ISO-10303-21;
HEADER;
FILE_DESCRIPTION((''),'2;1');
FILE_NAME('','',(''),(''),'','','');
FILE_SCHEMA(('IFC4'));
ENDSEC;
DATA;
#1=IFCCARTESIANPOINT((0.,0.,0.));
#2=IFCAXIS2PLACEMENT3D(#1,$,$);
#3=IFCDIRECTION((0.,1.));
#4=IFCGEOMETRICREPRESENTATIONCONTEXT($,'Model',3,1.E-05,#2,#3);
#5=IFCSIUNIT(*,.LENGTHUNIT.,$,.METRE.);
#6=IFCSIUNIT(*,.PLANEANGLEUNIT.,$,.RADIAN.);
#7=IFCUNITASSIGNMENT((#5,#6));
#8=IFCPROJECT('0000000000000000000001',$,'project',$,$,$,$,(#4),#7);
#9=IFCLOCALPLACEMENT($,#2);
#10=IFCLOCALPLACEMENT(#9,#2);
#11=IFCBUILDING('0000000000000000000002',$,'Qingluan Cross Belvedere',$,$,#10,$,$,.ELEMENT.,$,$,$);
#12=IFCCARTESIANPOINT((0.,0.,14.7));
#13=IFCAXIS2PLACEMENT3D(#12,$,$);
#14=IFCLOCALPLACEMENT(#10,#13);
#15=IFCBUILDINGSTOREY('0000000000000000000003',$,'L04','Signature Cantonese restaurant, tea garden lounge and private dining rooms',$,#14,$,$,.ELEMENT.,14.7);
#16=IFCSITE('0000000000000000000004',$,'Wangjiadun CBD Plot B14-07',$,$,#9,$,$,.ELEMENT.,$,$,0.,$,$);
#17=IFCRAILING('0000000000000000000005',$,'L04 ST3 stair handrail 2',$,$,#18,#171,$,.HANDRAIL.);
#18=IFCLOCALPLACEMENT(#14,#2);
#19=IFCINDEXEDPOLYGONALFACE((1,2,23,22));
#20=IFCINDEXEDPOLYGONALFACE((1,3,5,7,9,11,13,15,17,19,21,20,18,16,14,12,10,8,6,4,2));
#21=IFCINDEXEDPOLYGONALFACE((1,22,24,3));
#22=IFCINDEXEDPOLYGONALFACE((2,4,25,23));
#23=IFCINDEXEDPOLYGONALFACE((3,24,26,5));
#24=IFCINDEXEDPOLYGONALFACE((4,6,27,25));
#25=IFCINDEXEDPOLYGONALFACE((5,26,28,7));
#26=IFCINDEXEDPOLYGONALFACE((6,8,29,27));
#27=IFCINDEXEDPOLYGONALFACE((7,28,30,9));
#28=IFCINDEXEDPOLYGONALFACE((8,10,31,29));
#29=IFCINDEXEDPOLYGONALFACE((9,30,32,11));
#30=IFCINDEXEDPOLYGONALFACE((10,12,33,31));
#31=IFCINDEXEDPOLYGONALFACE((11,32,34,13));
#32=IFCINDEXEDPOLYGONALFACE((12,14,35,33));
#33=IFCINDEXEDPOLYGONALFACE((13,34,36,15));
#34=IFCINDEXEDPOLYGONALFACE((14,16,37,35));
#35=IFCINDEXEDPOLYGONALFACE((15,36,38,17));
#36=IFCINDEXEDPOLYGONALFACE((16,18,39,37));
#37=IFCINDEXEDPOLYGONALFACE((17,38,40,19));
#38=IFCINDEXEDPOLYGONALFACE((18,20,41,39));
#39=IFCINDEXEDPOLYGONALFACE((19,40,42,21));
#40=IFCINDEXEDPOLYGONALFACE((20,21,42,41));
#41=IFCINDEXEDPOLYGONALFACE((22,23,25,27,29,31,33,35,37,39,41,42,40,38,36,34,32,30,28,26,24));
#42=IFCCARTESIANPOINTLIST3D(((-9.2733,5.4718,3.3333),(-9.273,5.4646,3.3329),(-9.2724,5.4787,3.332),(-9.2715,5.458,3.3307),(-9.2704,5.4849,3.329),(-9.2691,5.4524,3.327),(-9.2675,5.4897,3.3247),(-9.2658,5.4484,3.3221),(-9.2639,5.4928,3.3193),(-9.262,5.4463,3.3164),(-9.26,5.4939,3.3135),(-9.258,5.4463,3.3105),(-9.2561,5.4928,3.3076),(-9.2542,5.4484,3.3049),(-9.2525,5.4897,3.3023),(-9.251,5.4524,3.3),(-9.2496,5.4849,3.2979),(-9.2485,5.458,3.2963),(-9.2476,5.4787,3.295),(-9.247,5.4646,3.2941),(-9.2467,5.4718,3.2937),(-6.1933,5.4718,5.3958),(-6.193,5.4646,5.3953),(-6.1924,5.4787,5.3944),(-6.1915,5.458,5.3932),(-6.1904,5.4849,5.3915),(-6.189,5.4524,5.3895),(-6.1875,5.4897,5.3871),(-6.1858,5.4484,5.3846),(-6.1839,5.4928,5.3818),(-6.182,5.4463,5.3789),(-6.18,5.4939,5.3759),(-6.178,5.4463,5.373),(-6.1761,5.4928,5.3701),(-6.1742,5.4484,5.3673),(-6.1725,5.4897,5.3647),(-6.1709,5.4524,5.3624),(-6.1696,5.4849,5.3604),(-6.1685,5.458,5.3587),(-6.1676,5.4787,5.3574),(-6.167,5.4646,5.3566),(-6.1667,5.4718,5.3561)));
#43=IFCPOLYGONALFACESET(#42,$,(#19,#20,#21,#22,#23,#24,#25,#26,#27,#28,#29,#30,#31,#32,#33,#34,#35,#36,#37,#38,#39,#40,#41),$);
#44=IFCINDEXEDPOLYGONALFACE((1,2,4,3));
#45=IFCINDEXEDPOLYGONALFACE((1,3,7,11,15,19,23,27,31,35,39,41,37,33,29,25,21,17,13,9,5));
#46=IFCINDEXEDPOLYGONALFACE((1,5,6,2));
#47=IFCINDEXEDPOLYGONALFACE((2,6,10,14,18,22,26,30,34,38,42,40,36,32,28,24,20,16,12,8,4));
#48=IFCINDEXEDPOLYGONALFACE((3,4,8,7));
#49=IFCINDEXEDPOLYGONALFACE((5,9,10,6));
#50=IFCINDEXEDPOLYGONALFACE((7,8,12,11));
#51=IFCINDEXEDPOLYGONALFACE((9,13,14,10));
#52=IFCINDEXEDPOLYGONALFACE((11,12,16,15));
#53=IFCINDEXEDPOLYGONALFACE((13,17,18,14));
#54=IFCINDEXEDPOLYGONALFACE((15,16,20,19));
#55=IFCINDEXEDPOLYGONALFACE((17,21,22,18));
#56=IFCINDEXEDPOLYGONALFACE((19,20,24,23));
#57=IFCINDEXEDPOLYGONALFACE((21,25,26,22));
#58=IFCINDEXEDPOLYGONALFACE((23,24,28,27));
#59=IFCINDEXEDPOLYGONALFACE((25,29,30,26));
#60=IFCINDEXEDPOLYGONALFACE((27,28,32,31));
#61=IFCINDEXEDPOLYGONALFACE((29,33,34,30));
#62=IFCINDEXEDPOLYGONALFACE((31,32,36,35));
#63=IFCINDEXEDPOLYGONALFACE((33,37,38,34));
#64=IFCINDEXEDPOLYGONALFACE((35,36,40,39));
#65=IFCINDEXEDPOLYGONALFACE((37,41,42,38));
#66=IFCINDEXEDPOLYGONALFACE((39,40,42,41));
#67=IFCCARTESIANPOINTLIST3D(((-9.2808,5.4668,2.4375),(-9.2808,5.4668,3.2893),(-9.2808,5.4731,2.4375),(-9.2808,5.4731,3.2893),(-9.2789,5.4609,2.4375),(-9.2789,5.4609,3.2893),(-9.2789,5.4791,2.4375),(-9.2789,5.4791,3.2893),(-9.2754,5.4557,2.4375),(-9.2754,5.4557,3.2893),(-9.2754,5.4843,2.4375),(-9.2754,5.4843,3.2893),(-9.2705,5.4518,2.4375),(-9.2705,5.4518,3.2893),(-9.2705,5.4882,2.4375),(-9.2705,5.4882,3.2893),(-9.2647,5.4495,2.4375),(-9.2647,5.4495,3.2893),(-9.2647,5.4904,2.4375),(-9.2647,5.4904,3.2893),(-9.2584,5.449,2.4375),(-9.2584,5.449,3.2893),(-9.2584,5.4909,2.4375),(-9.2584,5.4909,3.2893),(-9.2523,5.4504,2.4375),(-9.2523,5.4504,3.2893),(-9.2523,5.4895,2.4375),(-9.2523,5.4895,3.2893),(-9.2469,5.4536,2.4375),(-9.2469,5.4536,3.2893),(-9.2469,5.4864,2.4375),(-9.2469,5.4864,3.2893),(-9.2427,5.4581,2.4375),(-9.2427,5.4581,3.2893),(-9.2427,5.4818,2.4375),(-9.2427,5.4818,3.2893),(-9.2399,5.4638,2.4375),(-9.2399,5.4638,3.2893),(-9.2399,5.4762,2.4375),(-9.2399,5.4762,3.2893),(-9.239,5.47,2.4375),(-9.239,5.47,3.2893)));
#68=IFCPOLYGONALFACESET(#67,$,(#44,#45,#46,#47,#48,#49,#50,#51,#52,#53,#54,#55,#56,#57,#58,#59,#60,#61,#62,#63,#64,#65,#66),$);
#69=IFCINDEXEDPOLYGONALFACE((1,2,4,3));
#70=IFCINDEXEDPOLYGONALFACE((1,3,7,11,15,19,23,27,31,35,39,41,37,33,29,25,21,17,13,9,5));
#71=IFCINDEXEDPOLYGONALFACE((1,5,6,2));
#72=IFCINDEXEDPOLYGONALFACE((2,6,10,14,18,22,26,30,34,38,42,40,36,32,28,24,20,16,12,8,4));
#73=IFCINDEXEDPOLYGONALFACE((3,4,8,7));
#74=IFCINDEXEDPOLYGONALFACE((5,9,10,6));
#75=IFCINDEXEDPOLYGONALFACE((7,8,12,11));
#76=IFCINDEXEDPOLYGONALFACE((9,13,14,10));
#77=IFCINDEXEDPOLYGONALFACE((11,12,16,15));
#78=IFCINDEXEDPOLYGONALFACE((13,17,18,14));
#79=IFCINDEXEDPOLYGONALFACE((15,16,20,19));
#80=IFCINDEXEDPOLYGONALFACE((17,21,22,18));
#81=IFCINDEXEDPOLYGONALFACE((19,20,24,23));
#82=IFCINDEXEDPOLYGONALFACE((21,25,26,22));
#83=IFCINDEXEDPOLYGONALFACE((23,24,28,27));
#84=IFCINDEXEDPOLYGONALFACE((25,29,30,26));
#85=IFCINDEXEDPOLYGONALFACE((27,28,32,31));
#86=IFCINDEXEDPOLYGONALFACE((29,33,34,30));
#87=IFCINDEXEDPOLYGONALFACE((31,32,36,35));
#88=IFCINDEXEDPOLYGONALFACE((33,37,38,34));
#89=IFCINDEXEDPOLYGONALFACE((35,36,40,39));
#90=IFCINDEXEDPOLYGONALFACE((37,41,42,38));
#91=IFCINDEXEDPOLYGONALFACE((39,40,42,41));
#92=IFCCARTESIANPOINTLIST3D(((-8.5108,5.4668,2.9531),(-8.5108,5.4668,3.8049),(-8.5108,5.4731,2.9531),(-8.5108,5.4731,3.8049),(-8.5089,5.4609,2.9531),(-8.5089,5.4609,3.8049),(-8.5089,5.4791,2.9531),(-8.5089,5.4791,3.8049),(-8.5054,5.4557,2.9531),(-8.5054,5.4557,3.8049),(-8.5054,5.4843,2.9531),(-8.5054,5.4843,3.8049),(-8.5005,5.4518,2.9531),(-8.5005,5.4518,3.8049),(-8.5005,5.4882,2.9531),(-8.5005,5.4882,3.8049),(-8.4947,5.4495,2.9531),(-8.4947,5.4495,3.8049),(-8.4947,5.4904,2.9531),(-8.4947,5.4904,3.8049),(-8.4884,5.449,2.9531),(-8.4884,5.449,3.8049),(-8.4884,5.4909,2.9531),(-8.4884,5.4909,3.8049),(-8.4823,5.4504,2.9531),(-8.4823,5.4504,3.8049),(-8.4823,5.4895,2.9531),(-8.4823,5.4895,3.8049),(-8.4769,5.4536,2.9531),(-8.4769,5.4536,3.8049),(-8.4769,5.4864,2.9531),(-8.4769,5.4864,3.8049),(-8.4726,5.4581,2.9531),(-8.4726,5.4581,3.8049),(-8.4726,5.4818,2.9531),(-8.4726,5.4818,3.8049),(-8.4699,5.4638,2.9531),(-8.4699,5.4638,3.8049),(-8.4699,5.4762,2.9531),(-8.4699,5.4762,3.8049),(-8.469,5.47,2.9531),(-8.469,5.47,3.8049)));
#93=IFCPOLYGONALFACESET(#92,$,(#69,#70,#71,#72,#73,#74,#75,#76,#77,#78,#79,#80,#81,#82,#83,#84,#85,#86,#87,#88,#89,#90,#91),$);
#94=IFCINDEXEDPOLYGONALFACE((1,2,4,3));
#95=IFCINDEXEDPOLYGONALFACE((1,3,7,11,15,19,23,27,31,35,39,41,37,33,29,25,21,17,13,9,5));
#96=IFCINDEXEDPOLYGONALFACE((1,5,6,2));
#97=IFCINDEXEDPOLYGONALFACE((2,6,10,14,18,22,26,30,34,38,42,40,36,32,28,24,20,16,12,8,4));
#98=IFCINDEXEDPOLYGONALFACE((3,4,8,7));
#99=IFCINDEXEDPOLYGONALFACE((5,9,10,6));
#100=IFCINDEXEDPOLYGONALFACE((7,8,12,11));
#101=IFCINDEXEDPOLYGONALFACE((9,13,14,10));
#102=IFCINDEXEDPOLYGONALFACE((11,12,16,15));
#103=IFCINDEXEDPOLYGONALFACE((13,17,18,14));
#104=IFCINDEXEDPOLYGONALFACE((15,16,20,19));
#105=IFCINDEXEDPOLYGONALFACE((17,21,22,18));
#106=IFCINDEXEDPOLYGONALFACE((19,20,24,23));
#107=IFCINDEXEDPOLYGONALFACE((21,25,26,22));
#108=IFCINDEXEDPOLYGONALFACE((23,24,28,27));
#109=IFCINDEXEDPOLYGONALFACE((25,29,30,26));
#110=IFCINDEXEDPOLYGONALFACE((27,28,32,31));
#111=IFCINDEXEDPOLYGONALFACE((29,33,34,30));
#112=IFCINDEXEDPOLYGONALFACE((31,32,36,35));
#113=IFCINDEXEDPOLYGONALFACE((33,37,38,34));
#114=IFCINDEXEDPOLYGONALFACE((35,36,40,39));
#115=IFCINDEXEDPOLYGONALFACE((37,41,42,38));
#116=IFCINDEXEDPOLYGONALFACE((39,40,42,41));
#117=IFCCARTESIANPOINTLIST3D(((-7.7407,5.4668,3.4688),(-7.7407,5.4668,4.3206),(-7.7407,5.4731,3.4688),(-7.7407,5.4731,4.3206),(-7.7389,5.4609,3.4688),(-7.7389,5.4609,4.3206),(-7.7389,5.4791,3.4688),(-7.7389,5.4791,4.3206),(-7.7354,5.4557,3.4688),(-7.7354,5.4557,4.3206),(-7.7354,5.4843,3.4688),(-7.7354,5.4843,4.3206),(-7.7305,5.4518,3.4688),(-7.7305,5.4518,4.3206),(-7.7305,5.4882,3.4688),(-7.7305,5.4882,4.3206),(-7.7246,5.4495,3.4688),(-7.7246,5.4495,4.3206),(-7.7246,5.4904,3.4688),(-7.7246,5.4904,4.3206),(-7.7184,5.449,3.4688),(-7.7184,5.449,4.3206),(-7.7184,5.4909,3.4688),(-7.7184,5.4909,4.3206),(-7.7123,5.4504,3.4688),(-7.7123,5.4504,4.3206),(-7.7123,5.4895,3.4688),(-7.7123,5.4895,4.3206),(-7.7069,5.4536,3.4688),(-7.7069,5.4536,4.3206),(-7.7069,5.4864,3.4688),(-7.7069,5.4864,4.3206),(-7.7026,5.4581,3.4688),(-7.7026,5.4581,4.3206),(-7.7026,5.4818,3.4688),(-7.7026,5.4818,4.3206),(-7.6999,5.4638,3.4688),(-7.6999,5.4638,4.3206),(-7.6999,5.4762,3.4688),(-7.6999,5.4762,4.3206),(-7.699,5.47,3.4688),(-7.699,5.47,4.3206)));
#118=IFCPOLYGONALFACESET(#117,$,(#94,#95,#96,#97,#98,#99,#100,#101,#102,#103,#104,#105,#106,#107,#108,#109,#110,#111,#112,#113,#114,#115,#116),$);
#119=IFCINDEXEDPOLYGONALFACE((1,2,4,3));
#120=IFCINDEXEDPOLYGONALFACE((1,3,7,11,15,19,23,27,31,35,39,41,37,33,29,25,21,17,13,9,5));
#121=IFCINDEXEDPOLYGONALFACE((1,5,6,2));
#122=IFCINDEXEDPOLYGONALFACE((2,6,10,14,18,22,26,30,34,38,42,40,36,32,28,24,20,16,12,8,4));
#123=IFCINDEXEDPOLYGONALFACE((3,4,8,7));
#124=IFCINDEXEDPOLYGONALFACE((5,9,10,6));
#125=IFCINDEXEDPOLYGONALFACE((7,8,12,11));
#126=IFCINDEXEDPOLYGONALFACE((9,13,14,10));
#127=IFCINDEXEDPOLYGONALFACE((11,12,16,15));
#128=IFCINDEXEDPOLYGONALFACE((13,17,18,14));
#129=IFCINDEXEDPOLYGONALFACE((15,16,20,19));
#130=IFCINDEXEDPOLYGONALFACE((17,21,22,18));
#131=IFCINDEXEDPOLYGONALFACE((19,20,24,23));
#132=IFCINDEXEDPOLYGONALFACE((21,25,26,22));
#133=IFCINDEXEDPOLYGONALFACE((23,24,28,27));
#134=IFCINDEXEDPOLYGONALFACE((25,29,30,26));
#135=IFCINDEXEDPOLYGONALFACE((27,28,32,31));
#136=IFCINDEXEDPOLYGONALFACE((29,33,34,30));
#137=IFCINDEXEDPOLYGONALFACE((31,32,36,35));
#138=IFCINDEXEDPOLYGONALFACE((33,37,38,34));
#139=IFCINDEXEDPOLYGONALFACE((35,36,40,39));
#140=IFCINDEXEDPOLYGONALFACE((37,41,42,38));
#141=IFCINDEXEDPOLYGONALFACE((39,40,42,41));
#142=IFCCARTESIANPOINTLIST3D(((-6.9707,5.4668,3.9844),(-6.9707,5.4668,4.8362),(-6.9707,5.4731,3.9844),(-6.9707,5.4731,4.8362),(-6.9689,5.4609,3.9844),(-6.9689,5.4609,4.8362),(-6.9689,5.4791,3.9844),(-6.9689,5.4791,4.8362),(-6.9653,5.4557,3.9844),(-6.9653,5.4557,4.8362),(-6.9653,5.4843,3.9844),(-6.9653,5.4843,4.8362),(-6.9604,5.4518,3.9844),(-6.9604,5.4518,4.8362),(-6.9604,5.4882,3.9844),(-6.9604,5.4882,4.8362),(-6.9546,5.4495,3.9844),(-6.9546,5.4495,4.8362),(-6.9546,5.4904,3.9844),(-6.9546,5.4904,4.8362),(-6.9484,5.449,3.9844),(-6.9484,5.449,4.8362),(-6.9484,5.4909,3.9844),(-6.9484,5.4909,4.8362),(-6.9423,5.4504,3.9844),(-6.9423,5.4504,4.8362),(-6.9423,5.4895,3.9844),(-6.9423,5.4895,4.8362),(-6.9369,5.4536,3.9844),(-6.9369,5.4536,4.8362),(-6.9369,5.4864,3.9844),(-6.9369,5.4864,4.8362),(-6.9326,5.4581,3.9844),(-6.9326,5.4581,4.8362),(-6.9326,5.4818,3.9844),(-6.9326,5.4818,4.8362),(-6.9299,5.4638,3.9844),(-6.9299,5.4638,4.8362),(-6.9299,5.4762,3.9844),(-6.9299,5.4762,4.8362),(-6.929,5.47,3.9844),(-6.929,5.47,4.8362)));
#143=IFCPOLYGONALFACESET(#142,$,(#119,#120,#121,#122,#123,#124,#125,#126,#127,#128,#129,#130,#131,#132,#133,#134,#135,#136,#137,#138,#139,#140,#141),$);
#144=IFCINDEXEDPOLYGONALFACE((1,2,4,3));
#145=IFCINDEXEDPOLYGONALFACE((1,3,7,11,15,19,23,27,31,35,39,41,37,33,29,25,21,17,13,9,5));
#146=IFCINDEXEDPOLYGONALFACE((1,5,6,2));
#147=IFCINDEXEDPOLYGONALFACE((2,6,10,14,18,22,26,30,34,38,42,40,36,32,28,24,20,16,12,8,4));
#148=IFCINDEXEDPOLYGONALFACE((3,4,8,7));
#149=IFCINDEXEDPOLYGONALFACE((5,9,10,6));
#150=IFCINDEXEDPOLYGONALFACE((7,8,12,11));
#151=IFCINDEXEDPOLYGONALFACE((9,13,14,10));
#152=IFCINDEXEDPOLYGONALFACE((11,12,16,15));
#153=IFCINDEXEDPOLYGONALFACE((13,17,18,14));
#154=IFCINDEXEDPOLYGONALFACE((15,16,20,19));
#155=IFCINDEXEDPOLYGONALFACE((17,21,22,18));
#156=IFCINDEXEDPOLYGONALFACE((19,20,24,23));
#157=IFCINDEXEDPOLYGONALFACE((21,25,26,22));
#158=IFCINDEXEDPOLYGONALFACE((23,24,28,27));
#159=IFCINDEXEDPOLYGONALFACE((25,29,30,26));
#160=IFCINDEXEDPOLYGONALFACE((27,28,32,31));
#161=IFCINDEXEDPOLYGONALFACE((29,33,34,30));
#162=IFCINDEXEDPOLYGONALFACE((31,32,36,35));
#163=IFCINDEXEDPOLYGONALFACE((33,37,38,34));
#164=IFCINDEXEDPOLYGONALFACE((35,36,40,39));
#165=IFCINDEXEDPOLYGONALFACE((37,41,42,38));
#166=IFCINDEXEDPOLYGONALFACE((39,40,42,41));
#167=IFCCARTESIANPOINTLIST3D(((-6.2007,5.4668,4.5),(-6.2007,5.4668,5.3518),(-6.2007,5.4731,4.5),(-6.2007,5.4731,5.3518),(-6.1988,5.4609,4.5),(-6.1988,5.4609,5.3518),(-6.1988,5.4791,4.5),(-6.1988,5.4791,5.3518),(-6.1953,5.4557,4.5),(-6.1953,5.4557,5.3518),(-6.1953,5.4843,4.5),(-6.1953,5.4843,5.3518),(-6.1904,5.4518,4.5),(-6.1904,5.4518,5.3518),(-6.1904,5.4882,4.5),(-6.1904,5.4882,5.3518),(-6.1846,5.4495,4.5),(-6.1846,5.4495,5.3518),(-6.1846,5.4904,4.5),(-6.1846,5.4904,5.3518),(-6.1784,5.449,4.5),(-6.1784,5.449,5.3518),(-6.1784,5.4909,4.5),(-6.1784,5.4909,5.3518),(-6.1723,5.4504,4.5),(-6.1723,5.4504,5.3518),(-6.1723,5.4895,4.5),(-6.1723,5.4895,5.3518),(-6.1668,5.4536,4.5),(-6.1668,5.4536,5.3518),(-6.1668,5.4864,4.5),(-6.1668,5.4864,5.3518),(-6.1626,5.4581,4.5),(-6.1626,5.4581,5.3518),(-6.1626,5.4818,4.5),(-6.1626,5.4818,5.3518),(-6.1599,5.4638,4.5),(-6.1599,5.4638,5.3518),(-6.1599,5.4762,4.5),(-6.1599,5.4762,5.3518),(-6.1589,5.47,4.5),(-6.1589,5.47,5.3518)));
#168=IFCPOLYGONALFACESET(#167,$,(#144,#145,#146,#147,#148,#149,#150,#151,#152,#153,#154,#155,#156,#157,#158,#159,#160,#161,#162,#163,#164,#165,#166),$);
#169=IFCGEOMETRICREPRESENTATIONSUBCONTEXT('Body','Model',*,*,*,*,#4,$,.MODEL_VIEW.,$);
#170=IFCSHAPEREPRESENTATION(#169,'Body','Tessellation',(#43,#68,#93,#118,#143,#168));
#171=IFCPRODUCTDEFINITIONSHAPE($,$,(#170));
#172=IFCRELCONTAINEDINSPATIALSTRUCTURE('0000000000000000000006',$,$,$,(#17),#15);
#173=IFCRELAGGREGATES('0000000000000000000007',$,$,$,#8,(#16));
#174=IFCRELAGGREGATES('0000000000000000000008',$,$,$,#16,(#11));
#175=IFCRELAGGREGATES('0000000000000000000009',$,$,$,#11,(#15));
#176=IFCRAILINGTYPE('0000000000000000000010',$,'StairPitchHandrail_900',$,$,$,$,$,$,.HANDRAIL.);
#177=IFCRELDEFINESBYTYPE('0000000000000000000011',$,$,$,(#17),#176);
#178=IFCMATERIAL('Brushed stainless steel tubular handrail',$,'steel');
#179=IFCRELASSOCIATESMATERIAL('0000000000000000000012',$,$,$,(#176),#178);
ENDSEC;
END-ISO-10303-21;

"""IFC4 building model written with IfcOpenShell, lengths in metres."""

from ifc_helpers import new_model, si_unit, direction, frame, origin, origin_2d, place, context, subcontext, project, spatial, circle, extrude, material, type_object, element, save


model = new_model("IFC4")

# Units and contexts
model_context = context("Model", 3, precision=1e-05, world=origin(), true_north=direction((0.0, 1.0)))
body_context = subcontext(model_context, "Body", "Model", "MODEL_VIEW")
ifc_project = project(units=[si_unit("LENGTHUNIT", "METRE"), si_unit("PLANEANGLEUNIT", "RADIAN")], contexts=[model_context])

# Site, building, storey
site_placement = place(None, origin())
site = spatial("IfcSite", under=ifc_project, at=site_placement, Name="Wangjiadun CBD Plot B14-07", CompositionType="ELEMENT", RefElevation=0.0)
building_placement = place(site_placement, origin())
building = spatial("IfcBuilding", under=site, at=building_placement, Name="Qingluan Cross Belvedere", CompositionType="ELEMENT")
storey_placement = place(building_placement, frame((0.0, 0.0, 14.7)))
storey = spatial("IfcBuildingStorey", under=building, at=storey_placement, Name="L04", Description="Signature Cantonese restaurant, tea garden lounge and private dining rooms", CompositionType="ELEMENT", Elevation=14.7)

# Railing
ifc_material_1 = material(Name="Brushed stainless steel tubular handrail", Category="steel")
railing_type_1 = type_object("IfcRailingType", Name="StairPitchHandrail_900", PredefinedType="HANDRAIL", material=ifc_material_1)
railing_1_placement = place(storey_placement, frame((-9.26, 5.47, 2.4375)))
element("IfcRailing", 1, at=railing_1_placement, inside=storey, type_object=railing_type_1, Name="L04 ST3 stair handrail 2", PredefinedType="HANDRAIL", context=body_context, shape_type="SweptSolid", body=[
    extrude(circle(Radius=0.0239, at=origin_2d()), frame((0.0, 0.0, 0.876), z_axis=(0.830914, 0.0, 0.556401), x_axis=(0.0, 1.0, 0.0)), (0.0, 0.0, 1.0), 3.7068),
    extrude(circle(Radius=0.021, at=origin_2d()), origin(), (0.0, 0.0, 1.0), 0.8518),
    extrude(circle(Radius=0.021, at=origin_2d()), frame((0.77, 0.0, 0.5156)), (0.0, 0.0, 1.0), 0.8518),
    extrude(circle(Radius=0.021, at=origin_2d()), frame((1.54, 0.0, 1.0312)), (0.0, 0.0, 1.0), 0.8518),
    extrude(circle(Radius=0.021, at=origin_2d()), frame((2.3101, 0.0, 1.5469)), (0.0, 0.0, 1.0), 0.8518),
    extrude(circle(Radius=0.021, at=origin_2d()), frame((3.0801, 0.0, 2.0625)), (0.0, 0.0, 1.0), 0.8518),
])

save(model, "model.ifc")
